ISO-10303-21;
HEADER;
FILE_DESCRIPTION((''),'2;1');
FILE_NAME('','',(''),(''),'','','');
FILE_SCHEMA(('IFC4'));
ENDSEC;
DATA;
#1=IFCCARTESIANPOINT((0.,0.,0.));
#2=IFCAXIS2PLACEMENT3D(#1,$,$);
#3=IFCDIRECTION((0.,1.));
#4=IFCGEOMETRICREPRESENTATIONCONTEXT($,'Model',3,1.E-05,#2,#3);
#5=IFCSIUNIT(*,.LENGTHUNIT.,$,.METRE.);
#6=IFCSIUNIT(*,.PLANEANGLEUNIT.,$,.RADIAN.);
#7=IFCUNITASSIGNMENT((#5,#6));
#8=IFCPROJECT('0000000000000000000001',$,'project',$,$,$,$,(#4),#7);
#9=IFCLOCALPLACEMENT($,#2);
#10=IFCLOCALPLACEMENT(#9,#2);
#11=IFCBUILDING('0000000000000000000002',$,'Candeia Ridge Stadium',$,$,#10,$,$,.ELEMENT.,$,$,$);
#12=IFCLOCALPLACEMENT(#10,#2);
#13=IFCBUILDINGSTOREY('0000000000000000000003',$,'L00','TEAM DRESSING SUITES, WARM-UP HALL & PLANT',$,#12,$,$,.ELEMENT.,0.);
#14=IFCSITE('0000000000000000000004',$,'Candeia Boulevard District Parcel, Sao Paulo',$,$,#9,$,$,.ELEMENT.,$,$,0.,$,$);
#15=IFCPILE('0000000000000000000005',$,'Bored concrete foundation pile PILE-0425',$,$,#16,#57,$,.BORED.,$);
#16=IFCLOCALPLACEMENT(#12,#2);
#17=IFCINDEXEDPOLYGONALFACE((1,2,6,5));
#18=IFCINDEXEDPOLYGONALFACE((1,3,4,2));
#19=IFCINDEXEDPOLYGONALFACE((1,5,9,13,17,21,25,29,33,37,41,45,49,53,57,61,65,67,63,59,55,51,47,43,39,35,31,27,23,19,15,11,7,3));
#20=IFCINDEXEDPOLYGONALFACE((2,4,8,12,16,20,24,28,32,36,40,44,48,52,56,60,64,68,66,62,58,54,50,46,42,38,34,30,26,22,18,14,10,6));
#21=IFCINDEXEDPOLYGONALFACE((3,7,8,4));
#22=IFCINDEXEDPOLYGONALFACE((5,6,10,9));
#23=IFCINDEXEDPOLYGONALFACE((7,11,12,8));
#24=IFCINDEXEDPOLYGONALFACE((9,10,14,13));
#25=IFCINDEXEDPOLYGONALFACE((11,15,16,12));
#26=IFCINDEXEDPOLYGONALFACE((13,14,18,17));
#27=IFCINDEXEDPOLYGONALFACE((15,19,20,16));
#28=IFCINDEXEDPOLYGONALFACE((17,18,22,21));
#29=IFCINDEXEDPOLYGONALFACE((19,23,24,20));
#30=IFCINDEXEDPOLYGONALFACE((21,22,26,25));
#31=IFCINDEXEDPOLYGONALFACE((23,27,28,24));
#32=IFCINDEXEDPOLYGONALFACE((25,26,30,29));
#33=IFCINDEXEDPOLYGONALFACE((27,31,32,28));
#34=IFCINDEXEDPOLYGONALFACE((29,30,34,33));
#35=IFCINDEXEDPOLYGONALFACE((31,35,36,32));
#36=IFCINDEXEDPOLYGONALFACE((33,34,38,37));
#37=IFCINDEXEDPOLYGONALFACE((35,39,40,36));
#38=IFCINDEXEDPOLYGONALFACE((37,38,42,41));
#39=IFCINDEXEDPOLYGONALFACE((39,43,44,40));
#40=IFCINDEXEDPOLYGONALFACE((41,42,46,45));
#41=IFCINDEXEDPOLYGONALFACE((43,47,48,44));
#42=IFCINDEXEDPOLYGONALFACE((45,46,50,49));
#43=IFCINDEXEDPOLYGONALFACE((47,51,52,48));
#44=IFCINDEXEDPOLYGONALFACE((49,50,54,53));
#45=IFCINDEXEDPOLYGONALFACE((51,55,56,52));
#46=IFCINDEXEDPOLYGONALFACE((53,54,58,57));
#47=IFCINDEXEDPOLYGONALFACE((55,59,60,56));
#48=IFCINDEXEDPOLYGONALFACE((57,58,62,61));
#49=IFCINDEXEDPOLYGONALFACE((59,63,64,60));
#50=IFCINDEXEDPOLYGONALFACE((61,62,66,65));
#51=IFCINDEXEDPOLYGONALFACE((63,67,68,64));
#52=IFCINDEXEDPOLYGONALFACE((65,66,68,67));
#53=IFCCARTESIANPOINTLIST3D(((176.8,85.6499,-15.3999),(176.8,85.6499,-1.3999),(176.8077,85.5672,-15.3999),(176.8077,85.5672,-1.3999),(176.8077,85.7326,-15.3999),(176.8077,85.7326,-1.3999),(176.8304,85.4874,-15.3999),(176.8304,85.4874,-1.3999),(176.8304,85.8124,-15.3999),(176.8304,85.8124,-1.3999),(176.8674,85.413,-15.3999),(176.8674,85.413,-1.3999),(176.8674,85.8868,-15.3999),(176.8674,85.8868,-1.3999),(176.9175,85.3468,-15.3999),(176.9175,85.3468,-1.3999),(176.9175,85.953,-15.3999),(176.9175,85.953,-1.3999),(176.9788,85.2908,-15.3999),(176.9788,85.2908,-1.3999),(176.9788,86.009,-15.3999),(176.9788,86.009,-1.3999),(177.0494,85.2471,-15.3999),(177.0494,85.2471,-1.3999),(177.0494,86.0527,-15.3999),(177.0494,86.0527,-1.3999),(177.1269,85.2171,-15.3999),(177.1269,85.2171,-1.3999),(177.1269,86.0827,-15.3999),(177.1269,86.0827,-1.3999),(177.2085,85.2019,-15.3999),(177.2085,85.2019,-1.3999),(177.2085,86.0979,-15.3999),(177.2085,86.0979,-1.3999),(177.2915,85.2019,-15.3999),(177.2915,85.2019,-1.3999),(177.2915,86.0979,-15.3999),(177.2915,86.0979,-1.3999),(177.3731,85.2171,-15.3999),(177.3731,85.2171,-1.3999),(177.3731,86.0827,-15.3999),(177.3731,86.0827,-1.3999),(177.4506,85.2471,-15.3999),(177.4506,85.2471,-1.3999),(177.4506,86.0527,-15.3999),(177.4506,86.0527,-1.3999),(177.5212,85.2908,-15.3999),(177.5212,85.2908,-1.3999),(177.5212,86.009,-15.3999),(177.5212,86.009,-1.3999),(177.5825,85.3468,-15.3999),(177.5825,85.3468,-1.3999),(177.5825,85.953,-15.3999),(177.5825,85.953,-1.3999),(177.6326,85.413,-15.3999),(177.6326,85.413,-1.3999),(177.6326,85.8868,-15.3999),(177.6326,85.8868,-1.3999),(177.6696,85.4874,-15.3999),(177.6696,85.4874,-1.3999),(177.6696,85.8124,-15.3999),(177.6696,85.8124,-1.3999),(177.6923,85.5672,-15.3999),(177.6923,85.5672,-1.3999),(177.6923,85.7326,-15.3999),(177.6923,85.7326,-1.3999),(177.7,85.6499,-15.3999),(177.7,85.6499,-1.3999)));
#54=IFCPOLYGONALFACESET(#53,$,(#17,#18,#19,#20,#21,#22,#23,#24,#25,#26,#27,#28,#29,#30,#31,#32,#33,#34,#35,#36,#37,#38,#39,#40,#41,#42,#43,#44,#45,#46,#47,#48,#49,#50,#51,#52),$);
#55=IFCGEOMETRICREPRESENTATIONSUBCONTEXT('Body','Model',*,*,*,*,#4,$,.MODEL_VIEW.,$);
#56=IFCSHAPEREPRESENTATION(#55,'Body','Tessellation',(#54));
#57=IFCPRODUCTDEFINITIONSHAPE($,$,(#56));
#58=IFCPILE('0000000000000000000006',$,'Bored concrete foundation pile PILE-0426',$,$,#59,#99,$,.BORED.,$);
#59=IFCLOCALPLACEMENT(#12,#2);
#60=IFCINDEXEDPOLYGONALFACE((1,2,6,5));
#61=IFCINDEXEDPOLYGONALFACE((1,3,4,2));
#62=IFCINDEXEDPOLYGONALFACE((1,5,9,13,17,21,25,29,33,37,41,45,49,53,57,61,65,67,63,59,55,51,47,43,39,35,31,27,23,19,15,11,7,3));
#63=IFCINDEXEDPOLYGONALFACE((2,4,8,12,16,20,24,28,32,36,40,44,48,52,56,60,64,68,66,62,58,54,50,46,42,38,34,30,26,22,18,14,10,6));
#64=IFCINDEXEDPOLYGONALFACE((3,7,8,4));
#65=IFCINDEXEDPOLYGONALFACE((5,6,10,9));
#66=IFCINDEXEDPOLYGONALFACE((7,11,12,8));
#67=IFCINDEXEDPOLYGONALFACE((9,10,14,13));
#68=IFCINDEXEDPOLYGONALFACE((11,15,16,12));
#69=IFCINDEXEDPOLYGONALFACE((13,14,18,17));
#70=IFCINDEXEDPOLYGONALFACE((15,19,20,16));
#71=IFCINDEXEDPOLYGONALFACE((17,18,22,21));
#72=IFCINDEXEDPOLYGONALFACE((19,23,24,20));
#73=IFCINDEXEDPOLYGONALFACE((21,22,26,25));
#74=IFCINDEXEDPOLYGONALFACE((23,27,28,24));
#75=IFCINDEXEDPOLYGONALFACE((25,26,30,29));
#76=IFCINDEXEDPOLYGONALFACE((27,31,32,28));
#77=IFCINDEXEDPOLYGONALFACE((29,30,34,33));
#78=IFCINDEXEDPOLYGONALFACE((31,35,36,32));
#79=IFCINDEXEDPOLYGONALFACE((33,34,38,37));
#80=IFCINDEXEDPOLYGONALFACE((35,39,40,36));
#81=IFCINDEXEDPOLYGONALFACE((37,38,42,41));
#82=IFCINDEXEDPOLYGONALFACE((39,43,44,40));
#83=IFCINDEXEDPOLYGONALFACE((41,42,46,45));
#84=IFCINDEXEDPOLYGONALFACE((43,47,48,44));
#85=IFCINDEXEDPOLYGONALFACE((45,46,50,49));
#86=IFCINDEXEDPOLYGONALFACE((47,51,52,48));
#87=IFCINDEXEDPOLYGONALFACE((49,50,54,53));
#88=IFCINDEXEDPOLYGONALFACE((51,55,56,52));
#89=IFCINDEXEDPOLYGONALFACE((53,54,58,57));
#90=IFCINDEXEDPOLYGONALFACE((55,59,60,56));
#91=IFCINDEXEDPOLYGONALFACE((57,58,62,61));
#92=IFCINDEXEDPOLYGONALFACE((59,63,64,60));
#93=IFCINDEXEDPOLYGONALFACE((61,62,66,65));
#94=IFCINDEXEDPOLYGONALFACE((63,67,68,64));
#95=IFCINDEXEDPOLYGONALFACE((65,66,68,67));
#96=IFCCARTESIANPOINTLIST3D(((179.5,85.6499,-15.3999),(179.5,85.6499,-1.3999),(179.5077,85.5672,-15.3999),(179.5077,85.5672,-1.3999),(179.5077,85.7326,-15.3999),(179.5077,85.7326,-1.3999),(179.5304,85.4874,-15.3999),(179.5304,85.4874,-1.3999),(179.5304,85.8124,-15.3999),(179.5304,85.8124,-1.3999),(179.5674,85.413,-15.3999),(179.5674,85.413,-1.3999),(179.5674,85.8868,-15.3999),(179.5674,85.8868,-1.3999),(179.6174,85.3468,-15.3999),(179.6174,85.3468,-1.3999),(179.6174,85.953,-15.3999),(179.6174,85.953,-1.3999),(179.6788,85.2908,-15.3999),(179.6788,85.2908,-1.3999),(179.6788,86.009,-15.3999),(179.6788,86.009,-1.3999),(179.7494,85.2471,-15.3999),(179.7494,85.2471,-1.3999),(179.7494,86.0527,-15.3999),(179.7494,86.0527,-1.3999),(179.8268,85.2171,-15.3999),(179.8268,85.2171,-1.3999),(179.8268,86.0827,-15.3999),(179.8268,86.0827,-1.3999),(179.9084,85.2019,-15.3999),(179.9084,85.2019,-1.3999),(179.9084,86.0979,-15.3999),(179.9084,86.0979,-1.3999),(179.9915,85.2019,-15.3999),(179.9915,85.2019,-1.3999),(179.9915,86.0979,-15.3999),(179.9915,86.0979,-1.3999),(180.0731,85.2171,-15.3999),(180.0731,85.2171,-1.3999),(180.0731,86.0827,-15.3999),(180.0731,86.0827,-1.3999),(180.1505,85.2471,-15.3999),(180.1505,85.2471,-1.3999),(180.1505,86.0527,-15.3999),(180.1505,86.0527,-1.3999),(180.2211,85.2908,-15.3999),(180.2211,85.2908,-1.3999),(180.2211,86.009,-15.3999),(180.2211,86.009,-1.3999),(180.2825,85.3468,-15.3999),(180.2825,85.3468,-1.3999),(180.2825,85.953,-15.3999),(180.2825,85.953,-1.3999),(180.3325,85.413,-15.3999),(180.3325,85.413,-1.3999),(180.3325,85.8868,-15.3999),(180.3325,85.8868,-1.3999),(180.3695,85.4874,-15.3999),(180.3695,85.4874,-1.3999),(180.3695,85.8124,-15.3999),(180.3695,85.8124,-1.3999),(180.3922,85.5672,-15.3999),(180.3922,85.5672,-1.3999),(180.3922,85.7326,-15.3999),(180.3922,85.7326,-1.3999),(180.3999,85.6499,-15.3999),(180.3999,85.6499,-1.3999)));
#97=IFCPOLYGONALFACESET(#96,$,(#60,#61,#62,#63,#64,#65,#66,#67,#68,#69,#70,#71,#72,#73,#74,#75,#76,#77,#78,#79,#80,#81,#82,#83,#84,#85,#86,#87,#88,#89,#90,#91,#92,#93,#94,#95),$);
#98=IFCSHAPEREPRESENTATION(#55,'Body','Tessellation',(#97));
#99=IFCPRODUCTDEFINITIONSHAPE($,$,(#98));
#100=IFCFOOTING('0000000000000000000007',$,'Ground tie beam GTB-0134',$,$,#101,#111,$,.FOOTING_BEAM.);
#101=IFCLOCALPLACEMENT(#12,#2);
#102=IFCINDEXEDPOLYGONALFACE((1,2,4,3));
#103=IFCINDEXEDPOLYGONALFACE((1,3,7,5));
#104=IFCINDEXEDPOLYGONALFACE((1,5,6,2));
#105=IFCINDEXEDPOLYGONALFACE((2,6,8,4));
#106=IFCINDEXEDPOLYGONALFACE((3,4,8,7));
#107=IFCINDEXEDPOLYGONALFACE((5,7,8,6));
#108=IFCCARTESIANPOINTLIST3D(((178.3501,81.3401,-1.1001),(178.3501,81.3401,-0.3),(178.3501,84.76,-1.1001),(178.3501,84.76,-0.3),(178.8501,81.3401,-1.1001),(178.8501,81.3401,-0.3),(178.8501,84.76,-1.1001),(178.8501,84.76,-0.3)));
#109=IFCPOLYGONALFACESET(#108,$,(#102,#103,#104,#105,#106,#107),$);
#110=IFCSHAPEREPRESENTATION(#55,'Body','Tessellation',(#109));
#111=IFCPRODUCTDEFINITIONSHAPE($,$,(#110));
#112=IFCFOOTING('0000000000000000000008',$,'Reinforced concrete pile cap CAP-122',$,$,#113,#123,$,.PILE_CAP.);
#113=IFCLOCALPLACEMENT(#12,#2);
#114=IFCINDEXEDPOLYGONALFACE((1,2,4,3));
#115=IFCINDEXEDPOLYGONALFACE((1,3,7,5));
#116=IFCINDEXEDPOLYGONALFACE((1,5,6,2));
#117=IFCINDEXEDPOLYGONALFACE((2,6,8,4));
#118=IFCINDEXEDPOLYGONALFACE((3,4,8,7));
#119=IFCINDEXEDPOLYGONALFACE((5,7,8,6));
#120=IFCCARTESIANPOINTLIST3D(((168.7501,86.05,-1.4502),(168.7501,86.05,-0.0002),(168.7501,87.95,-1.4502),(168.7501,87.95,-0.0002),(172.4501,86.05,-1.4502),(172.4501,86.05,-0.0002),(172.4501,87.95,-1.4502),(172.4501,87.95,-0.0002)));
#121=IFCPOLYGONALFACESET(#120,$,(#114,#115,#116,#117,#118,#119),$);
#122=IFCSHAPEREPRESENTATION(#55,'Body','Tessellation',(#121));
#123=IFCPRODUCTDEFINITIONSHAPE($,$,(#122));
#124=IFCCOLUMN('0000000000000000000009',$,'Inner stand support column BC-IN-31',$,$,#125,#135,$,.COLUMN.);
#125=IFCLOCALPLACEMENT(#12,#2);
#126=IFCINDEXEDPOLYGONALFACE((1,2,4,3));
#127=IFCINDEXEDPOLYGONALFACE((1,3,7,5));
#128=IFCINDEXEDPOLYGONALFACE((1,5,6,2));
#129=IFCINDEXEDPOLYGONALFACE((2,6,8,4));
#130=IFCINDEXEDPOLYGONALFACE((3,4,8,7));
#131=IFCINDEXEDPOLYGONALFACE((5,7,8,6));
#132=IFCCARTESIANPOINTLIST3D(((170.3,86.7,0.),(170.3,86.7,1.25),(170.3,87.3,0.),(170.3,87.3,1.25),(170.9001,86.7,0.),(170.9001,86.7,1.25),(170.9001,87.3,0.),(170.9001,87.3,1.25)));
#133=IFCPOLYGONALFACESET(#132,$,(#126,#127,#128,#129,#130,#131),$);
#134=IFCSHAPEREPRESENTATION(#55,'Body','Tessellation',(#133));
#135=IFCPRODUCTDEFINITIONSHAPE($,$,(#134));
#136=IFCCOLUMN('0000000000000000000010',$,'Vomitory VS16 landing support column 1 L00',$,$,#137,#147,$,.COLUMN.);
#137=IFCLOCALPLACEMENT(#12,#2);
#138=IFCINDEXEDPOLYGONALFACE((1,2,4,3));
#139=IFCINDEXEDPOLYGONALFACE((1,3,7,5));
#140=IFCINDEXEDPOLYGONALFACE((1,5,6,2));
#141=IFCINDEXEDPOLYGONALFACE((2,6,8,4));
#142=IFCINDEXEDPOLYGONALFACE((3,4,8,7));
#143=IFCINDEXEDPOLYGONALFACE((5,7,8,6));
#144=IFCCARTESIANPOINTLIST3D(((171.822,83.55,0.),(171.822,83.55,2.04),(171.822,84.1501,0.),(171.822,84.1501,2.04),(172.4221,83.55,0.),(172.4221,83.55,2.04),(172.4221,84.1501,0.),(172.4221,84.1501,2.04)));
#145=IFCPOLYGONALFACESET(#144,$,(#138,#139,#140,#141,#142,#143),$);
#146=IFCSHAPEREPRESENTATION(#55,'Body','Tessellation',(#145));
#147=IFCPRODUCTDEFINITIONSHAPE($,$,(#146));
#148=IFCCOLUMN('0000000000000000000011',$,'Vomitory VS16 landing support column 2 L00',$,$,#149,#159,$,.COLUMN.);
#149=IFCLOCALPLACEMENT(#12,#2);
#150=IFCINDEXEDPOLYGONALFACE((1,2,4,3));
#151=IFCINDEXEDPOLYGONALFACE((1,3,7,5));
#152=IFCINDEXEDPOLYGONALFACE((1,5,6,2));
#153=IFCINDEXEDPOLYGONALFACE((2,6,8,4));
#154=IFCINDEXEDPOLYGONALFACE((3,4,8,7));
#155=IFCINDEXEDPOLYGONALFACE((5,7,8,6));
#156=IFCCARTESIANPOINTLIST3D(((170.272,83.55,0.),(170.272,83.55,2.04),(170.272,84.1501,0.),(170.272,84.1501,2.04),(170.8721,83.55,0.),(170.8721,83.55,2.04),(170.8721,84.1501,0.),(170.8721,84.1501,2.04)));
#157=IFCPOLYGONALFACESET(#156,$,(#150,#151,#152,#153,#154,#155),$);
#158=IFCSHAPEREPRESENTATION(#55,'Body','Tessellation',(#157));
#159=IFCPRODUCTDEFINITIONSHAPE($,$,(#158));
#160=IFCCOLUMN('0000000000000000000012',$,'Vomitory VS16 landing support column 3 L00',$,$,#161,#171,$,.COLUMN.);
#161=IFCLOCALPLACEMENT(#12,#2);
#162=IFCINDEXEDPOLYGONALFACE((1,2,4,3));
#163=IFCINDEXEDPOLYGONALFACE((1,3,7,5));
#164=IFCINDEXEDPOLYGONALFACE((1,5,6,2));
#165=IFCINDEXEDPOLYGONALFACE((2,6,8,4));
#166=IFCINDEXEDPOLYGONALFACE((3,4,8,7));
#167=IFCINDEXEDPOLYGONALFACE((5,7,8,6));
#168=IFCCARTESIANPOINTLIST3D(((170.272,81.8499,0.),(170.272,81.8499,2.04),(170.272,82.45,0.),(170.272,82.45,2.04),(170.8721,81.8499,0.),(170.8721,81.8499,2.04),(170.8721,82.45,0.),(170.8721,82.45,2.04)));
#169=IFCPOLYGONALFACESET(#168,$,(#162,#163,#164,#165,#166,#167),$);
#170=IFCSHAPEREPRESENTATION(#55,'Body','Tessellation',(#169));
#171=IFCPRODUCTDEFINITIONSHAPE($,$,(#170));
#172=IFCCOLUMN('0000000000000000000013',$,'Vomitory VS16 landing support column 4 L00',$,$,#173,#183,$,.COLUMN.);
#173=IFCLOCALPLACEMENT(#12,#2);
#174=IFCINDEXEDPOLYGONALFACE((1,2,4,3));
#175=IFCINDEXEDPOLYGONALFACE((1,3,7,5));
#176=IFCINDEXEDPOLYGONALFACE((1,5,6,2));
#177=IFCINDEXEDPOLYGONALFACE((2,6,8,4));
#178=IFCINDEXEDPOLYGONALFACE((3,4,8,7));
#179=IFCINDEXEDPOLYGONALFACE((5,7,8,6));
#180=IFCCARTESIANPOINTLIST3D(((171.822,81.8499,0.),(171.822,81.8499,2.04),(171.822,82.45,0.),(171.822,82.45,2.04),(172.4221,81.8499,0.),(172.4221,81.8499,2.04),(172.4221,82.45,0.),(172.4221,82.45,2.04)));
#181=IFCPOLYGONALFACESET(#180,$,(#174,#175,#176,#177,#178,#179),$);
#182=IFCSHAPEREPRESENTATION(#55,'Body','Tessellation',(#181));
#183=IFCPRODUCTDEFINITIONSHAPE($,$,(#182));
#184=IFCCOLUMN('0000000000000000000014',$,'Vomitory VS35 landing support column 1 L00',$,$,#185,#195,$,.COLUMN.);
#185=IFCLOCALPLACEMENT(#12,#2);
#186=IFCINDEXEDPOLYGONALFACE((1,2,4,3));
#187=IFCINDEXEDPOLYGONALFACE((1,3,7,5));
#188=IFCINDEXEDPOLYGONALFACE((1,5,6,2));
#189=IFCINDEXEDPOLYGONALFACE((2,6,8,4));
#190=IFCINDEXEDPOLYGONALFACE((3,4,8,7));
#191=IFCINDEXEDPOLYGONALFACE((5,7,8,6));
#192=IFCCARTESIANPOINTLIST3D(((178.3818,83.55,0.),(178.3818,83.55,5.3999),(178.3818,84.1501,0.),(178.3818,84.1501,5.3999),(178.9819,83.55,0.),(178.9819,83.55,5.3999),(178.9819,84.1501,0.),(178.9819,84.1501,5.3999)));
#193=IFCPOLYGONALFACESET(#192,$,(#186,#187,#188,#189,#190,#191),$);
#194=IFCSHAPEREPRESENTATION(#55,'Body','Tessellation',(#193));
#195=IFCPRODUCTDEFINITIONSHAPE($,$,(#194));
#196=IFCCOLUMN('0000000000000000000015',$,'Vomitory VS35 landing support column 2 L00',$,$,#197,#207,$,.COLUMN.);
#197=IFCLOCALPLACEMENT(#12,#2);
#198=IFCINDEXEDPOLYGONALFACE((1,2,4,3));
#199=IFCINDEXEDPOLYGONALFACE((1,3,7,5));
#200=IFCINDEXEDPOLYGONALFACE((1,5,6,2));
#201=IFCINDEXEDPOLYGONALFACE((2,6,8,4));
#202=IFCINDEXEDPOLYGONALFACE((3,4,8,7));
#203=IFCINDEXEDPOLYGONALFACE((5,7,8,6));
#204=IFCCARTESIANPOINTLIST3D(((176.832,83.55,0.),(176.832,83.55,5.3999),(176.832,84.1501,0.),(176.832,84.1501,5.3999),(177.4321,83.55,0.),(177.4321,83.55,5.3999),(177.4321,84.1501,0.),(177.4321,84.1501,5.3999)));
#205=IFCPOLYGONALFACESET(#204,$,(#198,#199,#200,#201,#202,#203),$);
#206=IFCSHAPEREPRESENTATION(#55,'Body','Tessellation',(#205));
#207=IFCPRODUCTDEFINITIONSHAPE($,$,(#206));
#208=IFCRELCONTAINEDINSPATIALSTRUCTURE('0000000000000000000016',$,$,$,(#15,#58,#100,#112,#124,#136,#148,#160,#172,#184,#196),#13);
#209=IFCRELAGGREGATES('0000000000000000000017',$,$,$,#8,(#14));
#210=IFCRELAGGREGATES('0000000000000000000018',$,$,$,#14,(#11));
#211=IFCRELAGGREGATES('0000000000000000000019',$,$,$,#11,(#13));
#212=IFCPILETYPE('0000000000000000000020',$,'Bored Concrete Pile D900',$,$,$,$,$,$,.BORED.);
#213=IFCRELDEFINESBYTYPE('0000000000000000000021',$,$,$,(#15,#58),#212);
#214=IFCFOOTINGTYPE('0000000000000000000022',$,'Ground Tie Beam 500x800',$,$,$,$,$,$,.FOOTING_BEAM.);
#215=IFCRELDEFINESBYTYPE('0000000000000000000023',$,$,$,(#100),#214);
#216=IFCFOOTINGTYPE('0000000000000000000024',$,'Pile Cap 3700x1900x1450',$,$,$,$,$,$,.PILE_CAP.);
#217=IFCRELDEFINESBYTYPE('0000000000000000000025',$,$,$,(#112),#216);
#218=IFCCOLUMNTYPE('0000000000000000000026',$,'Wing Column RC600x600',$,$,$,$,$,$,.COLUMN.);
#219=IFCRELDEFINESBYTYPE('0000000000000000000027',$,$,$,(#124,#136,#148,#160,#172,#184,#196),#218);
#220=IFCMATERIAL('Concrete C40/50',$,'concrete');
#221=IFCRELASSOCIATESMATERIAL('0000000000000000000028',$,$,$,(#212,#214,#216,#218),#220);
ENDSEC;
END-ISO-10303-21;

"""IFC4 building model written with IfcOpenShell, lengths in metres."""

from ifc_helpers import new_model, si_unit, direction, frame, origin, origin_2d, place, context, subcontext, project, spatial, rectangle, circle, extrude, material, material_profile, profile_set, type_object, element, save


model = new_model("IFC4")

# Units and contexts
model_context = context("Model", 3, precision=1e-05, world=origin(), true_north=direction((0.0, 1.0)))
body_context = subcontext(model_context, "Body", "Model", "MODEL_VIEW")
ifc_project = project(units=[si_unit("LENGTHUNIT", "METRE"), si_unit("PLANEANGLEUNIT", "RADIAN")], contexts=[model_context])

# Site, building, storey
site_placement = place(None, origin())
site = spatial("IfcSite", under=ifc_project, at=site_placement, Name="Candeia Boulevard District Parcel, Sao Paulo", CompositionType="ELEMENT", RefElevation=0.0)
building_placement = place(site_placement, origin())
building = spatial("IfcBuilding", under=site, at=building_placement, Name="Candeia Ridge Stadium", CompositionType="ELEMENT")
storey_placement = place(building_placement, origin())
storey = spatial("IfcBuildingStorey", under=building, at=storey_placement, Name="L00", Description="TEAM DRESSING SUITES, WARM-UP HALL & PLANT", CompositionType="ELEMENT", Elevation=0.0)

# Piles
ifc_material_1 = material(Name="Concrete C40/50", Category="concrete")
ifc_material_profile_1 = material_profile(ifc_material_1, circle(Radius=0.45, at=origin_2d()), Name="PILE-D900", Category="concrete")
ifc_profile_set_1 = profile_set([ifc_material_profile_1], Name="Concrete C40/50")
pile_type_1 = type_object("IfcPileType", Name="Bored Concrete Pile D900", PredefinedType="BORED", material=ifc_profile_set_1)
for number, where, z_axis, x_axis, name in (
    (1, (177.25, 85.6499, -1.3999), (0.0, 0.0, -1.0), (1.0, 0.0, 0.0), "Bored concrete foundation pile PILE-0425"),
    (2, (179.95, 85.6499, -1.3999), (0.0, 0.0, -1.0), (1.0, 0.0, 0.0), "Bored concrete foundation pile PILE-0426"),
):
    element("IfcPile", number, at=place(storey_placement, frame(where, z_axis=z_axis, x_axis=x_axis)), inside=storey, type_object=pile_type_1, Name=name, PredefinedType="BORED", context=body_context, shape_type="SweptSolid", body=[
        extrude(circle(Radius=0.45, at=origin_2d()), origin(), (0.0, 0.0, 1.0), 14.0),
    ])

# Footings
footing_type_1 = type_object("IfcFootingType", Name="Ground Tie Beam 500x800", PredefinedType="FOOTING_BEAM", material=ifc_material_1)
footing_1_placement = place(storey_placement, frame((178.6001, 83.05, -1.1001), z_axis=(0.0, 0.0, 1.0), x_axis=(0.0, 1.0, 0.0)))
element("IfcFooting", 3, at=footing_1_placement, inside=storey, type_object=footing_type_1, Name="Ground tie beam GTB-0134", PredefinedType="FOOTING_BEAM", context=body_context, shape_type="SweptSolid", body=[
    extrude(rectangle(XDim=3.4199, YDim=0.5, at=origin_2d()), origin(), (0.0, 0.0, 1.0), 0.8),
])
footing_type_2 = type_object("IfcFootingType", Name="Pile Cap 3700x1900x1450", PredefinedType="PILE_CAP", material=ifc_material_1)
footing_2_placement = place(storey_placement, frame((170.6001, 87.0, -1.4502), z_axis=(0.0, 0.0, 1.0), x_axis=(1.0, 0.0, 0.0)))
element("IfcFooting", 4, at=footing_2_placement, inside=storey, type_object=footing_type_2, Name="Reinforced concrete pile cap CAP-122", PredefinedType="PILE_CAP", context=body_context, shape_type="SweptSolid", body=[
    extrude(rectangle(XDim=3.7, YDim=1.8999, at=origin_2d()), origin(), (0.0, 0.0, 1.0), 1.45),
])

# Columns
ifc_material_profile_2 = material_profile(ifc_material_1, rectangle(XDim=0.6001, YDim=0.6001, at=origin_2d()), Name="RC600x600", Category="concrete")
ifc_profile_set_2 = profile_set([ifc_material_profile_2], Name="Concrete C40/50")
column_type = type_object("IfcColumnType", Name="Wing Column RC600x600", PredefinedType="COLUMN", material=ifc_profile_set_2)
column_placement = place(storey_placement, frame((170.6001, 87.0, 0.0), z_axis=(0.0, 0.0, 1.0), x_axis=(1.0, 0.0, 0.0)))
element("IfcColumn", 5, at=column_placement, inside=storey, type_object=column_type, Name="Inner stand support column BC-IN-31", PredefinedType="COLUMN", context=body_context, shape_type="SweptSolid", body=[
    extrude(rectangle(XDim=0.6001, YDim=0.6001, at=origin_2d()), origin(), (0.0, 0.0, 1.0), 1.25),
])
for number, where, z_axis, x_axis, name in (
    (6, (172.1221, 83.8501, 0.0), (0.0, 0.0, 1.0), (1.0, 0.0, 0.0), "Vomitory VS16 landing support column 1 L00"),
    (7, (170.572, 83.8501, 0.0), (0.0, 0.0, 1.0), (1.0, 0.0, 0.0), "Vomitory VS16 landing support column 2 L00"),
    (8, (170.572, 82.1499, 0.0), (0.0, 0.0, 1.0), (1.0, 0.0, 0.0), "Vomitory VS16 landing support column 3 L00"),
    (9, (172.1221, 82.1499, 0.0), (0.0, 0.0, 1.0), (1.0, 0.0, 0.0), "Vomitory VS16 landing support column 4 L00"),
):
    element("IfcColumn", number, at=place(storey_placement, frame(where, z_axis=z_axis, x_axis=x_axis)), inside=storey, type_object=column_type, Name=name, PredefinedType="COLUMN", context=body_context, shape_type="SweptSolid", body=[
        extrude(rectangle(XDim=0.6001, YDim=0.6001, at=origin_2d()), origin(), (0.0, 0.0, 1.0), 2.04),
    ])
for number, where, z_axis, x_axis, name in (
    (10, (178.6819, 83.8501, 0.0), (0.0, 0.0, 1.0), (1.0, 0.0, 0.0), "Vomitory VS35 landing support column 1 L00"),
    (11, (177.1321, 83.8501, 0.0), (0.0, 0.0, 1.0), (1.0, 0.0, 0.0), "Vomitory VS35 landing support column 2 L00"),
):
    element("IfcColumn", number, at=place(storey_placement, frame(where, z_axis=z_axis, x_axis=x_axis)), inside=storey, type_object=column_type, Name=name, PredefinedType="COLUMN", context=body_context, shape_type="SweptSolid", body=[
        extrude(rectangle(XDim=0.6001, YDim=0.6001, at=origin_2d()), origin(), (0.0, 0.0, 1.0), 5.3999),
    ])

save(model, "model.ifc")
